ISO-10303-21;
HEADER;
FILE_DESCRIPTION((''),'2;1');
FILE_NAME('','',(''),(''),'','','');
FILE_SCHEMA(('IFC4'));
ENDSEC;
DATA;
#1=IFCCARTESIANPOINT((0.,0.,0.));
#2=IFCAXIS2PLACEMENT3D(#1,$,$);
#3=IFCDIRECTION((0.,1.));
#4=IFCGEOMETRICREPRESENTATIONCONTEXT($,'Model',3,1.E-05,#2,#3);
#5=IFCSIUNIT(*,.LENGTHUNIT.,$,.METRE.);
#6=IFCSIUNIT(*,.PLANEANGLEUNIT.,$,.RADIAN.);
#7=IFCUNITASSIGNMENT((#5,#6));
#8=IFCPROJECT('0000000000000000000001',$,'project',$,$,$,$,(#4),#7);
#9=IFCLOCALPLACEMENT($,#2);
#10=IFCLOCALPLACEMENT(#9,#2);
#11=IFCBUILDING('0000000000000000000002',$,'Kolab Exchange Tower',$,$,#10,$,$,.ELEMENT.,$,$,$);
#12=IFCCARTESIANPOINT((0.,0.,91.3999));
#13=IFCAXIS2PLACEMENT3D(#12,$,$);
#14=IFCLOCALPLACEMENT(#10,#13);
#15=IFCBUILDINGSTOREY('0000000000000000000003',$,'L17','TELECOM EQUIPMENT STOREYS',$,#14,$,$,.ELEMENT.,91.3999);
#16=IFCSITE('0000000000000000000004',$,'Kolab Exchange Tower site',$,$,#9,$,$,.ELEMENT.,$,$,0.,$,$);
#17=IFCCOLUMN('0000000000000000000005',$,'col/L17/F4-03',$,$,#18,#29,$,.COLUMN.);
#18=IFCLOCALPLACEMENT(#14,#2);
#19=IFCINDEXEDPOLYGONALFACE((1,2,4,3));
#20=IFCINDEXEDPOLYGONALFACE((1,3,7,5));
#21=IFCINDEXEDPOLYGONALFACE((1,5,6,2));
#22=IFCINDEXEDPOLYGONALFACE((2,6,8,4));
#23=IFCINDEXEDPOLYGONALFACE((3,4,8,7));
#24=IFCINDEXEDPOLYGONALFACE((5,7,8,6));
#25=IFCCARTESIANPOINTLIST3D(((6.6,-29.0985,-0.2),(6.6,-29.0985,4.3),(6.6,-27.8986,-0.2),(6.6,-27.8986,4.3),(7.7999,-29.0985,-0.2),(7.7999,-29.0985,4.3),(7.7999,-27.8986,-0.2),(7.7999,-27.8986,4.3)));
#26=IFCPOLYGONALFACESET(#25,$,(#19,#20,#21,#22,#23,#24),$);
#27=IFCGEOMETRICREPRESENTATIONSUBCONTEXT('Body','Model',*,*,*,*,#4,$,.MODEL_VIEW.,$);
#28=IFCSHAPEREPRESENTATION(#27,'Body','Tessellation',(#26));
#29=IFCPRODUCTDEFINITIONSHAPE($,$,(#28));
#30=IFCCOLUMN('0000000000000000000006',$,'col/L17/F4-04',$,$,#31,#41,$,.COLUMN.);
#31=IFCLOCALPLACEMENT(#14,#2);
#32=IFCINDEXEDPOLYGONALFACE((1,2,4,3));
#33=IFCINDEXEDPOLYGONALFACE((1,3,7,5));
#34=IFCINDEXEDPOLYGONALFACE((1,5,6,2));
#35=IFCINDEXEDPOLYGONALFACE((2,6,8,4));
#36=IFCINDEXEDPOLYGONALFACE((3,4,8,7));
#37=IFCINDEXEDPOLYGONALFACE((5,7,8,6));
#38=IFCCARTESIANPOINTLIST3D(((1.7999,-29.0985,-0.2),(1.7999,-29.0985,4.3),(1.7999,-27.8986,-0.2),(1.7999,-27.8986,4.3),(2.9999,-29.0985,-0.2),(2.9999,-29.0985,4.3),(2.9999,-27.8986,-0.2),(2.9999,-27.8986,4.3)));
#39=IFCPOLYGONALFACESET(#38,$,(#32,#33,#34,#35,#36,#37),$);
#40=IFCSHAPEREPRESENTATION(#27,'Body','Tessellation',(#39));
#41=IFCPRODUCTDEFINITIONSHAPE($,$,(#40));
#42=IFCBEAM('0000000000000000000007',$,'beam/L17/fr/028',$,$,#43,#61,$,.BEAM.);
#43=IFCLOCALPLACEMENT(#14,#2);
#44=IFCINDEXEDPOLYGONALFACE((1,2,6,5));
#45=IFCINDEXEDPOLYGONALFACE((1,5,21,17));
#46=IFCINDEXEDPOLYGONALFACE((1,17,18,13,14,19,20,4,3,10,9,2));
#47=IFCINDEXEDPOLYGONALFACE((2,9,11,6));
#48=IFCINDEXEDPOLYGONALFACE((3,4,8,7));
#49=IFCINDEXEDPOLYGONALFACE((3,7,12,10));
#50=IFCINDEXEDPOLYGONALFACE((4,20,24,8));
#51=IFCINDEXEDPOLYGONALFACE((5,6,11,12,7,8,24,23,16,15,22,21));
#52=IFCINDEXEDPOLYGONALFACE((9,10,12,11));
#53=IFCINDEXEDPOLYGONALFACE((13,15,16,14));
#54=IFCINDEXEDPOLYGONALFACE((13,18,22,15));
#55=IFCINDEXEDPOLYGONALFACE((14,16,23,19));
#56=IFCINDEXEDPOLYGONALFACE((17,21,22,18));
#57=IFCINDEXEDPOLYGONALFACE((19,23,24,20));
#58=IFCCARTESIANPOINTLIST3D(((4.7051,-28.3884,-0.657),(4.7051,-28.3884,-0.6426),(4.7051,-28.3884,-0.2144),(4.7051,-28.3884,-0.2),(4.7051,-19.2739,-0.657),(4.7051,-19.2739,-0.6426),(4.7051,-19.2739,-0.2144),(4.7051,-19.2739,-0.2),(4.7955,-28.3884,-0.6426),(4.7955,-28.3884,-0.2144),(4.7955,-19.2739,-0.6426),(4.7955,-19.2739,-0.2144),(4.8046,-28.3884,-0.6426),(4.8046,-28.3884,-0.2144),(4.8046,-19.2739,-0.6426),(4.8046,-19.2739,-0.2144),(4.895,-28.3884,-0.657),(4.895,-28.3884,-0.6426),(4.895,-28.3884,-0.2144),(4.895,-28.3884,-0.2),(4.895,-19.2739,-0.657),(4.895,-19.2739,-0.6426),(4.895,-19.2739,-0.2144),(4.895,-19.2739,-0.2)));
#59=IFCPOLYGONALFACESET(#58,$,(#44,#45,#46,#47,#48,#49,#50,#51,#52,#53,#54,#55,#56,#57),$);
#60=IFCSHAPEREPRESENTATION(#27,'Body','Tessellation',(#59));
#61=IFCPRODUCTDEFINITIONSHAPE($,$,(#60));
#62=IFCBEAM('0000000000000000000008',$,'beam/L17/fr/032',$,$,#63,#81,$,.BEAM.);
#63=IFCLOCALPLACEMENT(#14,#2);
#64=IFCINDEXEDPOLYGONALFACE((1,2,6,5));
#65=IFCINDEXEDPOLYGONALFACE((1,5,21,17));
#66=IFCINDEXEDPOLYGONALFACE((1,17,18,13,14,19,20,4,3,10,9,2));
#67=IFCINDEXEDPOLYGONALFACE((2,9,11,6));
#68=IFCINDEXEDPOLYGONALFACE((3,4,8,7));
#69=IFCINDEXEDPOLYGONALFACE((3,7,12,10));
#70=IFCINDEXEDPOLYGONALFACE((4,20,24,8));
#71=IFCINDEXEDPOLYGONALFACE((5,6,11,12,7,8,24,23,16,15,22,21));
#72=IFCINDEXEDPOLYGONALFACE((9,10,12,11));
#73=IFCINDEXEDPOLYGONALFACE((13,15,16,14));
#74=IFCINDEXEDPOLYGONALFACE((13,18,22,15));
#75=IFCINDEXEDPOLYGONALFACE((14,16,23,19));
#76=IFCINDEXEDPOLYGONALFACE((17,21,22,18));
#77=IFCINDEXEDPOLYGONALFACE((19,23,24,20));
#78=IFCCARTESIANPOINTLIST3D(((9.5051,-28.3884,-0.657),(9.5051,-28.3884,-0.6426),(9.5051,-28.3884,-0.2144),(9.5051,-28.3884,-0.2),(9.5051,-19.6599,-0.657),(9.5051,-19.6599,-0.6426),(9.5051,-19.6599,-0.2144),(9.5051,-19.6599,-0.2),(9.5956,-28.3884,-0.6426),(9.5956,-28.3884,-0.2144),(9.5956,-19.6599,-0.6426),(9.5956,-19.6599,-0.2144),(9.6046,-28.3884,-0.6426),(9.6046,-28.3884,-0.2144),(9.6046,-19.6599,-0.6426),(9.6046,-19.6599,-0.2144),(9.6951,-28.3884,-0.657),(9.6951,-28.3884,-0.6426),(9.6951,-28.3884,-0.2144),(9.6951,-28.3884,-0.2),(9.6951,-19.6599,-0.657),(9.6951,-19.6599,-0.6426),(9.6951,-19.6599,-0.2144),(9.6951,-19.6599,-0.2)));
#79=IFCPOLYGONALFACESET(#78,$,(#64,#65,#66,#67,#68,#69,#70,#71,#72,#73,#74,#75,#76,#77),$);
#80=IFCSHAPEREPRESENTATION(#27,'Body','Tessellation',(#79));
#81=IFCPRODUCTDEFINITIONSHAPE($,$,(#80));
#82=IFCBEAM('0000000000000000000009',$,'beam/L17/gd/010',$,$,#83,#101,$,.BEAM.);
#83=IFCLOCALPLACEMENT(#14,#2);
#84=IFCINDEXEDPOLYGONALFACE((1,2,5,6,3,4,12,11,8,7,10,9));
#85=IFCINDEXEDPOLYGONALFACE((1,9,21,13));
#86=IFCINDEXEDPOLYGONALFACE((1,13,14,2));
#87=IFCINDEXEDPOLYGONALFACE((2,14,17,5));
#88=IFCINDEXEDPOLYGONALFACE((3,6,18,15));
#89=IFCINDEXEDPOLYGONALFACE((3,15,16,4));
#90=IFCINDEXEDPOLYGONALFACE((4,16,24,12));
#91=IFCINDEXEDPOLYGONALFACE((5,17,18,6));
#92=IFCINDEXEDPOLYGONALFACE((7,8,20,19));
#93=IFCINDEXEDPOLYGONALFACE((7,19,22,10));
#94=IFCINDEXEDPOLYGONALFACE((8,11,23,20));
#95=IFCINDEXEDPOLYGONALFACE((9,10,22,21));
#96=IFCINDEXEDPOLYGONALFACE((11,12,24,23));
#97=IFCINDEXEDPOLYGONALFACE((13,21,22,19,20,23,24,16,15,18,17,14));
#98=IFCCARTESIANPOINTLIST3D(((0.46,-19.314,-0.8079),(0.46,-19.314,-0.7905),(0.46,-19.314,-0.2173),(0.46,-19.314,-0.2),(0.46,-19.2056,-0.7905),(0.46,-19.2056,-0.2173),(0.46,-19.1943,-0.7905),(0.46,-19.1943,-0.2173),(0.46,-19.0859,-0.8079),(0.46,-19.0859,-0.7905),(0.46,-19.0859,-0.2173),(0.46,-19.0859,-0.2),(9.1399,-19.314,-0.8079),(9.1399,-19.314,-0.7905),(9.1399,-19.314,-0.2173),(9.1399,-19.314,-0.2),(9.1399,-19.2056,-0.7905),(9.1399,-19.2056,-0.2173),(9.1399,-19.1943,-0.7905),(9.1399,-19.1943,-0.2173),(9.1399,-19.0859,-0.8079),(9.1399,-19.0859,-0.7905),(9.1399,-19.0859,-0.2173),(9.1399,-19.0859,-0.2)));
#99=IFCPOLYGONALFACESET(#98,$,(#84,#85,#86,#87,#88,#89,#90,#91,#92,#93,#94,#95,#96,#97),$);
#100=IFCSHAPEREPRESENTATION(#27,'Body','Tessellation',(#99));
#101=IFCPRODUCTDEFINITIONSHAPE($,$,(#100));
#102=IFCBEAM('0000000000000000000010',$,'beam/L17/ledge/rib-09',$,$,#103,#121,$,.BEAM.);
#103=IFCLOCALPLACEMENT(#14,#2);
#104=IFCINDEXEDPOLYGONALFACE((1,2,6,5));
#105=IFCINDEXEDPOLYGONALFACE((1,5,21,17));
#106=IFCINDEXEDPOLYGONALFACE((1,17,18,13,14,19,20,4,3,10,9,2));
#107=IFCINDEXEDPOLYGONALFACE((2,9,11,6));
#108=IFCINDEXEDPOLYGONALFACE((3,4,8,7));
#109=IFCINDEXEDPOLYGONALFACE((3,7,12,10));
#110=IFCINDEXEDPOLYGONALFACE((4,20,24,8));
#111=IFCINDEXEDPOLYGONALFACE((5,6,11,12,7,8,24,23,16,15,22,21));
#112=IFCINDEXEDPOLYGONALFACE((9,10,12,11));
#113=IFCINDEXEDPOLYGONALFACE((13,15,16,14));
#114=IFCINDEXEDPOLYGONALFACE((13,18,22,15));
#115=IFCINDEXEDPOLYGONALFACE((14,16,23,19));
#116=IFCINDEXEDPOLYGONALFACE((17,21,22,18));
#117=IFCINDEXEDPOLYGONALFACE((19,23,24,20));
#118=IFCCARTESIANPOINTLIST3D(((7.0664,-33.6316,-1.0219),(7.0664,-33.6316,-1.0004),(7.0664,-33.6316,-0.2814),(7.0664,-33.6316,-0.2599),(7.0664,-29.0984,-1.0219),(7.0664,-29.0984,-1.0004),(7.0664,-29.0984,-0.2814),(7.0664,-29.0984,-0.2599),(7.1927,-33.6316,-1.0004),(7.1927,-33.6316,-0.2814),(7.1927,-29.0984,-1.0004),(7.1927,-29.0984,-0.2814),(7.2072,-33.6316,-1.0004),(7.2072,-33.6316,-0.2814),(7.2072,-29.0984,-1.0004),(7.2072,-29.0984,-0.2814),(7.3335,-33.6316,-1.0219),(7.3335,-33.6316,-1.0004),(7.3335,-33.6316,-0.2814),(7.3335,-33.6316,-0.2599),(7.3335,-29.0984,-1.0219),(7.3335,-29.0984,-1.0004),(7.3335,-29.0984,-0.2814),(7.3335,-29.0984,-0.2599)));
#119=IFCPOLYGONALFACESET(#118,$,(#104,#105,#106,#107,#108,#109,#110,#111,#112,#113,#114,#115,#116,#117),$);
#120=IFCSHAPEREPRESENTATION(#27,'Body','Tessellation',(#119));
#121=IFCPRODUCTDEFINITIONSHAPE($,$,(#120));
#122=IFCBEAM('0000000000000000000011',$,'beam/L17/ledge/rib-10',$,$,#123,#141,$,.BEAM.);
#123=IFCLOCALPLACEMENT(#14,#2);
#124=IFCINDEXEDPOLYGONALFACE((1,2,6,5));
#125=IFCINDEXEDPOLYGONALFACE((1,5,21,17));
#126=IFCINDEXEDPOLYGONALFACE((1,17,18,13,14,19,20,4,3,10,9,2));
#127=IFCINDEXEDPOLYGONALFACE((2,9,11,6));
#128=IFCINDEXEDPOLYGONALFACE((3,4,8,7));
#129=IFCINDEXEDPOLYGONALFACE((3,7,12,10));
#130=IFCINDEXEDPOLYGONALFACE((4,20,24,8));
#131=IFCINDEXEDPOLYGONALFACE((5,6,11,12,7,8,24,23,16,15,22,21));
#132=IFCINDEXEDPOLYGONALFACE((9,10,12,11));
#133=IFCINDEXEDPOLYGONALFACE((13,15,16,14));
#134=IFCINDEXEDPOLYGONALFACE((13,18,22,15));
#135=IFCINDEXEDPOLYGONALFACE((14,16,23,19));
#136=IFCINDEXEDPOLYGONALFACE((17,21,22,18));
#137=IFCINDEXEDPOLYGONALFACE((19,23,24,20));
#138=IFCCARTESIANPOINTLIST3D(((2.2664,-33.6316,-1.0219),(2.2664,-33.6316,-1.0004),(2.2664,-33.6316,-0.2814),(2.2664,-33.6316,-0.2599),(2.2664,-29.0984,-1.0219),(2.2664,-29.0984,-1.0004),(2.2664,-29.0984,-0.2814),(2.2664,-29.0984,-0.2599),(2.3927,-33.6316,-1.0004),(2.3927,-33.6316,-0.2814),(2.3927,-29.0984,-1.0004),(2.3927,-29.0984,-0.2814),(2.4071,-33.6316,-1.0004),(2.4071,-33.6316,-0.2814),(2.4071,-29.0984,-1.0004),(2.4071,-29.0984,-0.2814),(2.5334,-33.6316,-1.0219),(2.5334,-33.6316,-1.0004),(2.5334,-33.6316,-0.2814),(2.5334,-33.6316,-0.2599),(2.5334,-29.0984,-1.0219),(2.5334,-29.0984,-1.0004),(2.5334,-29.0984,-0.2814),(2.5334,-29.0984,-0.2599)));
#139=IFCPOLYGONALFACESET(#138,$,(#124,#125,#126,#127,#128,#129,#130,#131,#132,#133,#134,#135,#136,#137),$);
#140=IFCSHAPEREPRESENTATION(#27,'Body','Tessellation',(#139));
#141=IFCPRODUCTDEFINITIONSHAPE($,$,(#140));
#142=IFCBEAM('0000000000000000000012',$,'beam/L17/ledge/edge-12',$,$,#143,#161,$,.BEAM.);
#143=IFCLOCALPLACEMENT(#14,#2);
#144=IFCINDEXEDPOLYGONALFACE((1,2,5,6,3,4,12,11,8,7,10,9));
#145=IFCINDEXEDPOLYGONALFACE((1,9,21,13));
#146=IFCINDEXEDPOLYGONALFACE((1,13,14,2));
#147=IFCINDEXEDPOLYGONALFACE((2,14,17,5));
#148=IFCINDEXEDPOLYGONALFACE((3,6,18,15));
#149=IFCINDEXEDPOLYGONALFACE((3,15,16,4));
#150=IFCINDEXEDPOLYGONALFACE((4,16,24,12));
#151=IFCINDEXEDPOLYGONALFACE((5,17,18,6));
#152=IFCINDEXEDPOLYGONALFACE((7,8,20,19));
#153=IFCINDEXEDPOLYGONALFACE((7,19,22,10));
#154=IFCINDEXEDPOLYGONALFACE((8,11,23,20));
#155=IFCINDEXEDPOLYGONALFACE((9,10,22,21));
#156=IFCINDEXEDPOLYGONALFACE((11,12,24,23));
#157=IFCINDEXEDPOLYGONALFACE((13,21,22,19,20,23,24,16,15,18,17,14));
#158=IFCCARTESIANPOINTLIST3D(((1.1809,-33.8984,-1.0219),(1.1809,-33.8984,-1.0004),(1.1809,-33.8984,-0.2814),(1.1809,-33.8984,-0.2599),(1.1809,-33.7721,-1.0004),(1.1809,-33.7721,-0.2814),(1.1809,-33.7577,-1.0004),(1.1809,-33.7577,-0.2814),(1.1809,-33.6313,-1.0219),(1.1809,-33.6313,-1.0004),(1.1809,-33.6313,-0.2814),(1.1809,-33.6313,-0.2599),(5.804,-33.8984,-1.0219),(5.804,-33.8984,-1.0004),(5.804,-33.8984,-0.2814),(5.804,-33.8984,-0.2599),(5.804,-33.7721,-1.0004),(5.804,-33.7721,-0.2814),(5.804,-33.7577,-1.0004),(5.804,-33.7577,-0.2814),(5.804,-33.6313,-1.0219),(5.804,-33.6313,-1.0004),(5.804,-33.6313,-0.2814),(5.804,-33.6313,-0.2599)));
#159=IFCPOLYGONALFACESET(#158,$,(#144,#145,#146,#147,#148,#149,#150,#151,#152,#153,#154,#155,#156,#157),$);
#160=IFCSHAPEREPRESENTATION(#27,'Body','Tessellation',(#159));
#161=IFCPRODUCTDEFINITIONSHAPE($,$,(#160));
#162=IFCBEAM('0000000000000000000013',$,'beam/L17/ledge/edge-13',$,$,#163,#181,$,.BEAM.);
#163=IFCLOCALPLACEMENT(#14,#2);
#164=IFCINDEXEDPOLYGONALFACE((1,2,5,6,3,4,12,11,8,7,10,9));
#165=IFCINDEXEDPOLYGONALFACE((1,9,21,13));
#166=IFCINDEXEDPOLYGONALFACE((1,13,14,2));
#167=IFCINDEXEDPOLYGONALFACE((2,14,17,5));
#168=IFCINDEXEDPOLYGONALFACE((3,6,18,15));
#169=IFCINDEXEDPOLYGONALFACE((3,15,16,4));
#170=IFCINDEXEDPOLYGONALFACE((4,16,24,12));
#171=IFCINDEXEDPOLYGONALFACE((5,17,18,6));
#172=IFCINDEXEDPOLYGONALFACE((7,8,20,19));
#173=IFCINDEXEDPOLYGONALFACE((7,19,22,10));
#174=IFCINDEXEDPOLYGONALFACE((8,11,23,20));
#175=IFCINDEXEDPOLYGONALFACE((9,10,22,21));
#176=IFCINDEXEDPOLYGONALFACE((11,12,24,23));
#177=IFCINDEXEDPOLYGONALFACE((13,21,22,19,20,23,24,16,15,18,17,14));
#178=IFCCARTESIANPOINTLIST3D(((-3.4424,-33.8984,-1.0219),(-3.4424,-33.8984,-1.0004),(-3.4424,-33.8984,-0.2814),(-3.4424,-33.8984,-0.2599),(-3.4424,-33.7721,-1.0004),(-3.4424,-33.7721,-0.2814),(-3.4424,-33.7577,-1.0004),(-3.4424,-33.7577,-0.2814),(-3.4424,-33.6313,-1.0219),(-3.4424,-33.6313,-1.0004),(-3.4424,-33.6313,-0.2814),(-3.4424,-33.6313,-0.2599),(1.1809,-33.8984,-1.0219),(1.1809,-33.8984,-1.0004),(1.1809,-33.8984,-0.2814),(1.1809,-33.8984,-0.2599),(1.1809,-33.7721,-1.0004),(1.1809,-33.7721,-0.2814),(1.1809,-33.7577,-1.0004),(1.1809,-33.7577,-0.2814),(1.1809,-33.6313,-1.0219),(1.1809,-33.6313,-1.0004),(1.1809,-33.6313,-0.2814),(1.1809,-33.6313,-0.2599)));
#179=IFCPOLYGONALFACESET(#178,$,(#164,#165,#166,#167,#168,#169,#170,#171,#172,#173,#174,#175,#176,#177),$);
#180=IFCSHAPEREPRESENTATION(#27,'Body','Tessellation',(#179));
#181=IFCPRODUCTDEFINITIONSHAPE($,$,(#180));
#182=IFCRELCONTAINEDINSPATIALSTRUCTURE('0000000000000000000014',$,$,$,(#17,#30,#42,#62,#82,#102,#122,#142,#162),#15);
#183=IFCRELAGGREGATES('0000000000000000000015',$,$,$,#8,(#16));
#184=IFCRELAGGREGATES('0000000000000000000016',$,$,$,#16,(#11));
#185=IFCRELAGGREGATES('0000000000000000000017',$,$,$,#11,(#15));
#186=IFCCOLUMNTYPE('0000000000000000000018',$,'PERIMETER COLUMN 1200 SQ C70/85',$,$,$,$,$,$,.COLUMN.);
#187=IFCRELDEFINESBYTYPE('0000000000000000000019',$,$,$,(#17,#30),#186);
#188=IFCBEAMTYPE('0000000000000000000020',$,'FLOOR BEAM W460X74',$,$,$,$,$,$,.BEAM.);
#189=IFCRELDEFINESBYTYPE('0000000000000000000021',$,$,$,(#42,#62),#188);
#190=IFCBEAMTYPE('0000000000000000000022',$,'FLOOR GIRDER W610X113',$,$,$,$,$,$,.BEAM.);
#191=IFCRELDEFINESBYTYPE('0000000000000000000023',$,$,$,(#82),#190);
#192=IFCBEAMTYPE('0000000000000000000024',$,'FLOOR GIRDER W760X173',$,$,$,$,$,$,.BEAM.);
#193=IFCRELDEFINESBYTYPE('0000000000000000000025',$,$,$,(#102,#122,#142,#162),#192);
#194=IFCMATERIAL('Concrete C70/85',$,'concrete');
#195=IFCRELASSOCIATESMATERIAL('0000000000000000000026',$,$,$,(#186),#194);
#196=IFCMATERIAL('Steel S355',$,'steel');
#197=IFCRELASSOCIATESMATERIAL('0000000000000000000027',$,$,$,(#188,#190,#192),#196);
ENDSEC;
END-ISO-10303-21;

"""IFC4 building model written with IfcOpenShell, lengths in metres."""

from ifc_helpers import new_model, si_unit, direction, frame, origin, origin_2d, place, context, subcontext, project, spatial, rectangle, i_section, extrude, material, material_profile, profile_set, type_object, element, save


model = new_model("IFC4")

# Units and contexts
model_context = context("Model", 3, precision=1e-05, world=origin(), true_north=direction((0.0, 1.0)))
body_context = subcontext(model_context, "Body", "Model", "MODEL_VIEW")
ifc_project = project(units=[si_unit("LENGTHUNIT", "METRE"), si_unit("PLANEANGLEUNIT", "RADIAN")], contexts=[model_context])

# Site, building, storey
site_placement = place(None, origin())
site = spatial("IfcSite", under=ifc_project, at=site_placement, Name="Kolab Exchange Tower site", CompositionType="ELEMENT", RefElevation=0.0)
building_placement = place(site_placement, origin())
building = spatial("IfcBuilding", under=site, at=building_placement, Name="Kolab Exchange Tower", CompositionType="ELEMENT")
storey_placement = place(building_placement, frame((0.0, 0.0, 91.3999)))
storey = spatial("IfcBuildingStorey", under=building, at=storey_placement, Name="L17", Description="TELECOM EQUIPMENT STOREYS", CompositionType="ELEMENT", Elevation=91.3999)

# Columns
ifc_material_1 = material(Name="Concrete C70/85", Category="concrete")
ifc_material_profile_1 = material_profile(ifc_material_1, rectangle(XDim=1.2, YDim=1.2, at=origin_2d()), Name="RC1200")
ifc_profile_set_1 = profile_set([ifc_material_profile_1], Name="Concrete C70/85")
column_type = type_object("IfcColumnType", Name="PERIMETER COLUMN 1200 SQ C70/85", PredefinedType="COLUMN", material=ifc_profile_set_1)
for number, where, z_axis, x_axis, name in (
    (1, (7.2, -28.4985, -0.2), (0.0, 0.0, 1.0), (1.0, 0.0, 0.0), "col/L17/F4-03"),
    (2, (2.3999, -28.4985, -0.2), (0.0, 0.0, 1.0), (1.0, 0.0, 0.0), "col/L17/F4-04"),
):
    element("IfcColumn", number, at=place(storey_placement, frame(where, z_axis=z_axis, x_axis=x_axis)), inside=storey, type_object=column_type, Name=name, PredefinedType="COLUMN", context=body_context, shape_type="SweptSolid", body=[
        extrude(rectangle(XDim=1.2, YDim=1.2, at=origin_2d()), origin(), (0.0, 0.0, 1.0), 4.5),
    ])

# Beams
ifc_material_2 = material(Name="Steel S355", Category="steel")
ifc_material_profile_2 = material_profile(ifc_material_2, i_section(OverallWidth=0.1899, OverallDepth=0.457, WebThickness=0.009, FlangeThickness=0.0144, at=origin_2d()), Name="W460X74")
ifc_profile_set_2 = profile_set([ifc_material_profile_2], Name="Steel S355")
beam_type_1 = type_object("IfcBeamType", Name="FLOOR BEAM W460X74", PredefinedType="BEAM", material=ifc_profile_set_2)
beam_1_placement = place(storey_placement, frame((4.8, -28.3884, -0.4285), z_axis=(0.0, 1.0, 0.0), x_axis=(-1.0, 0.0, 0.0)))
element("IfcBeam", 3, at=beam_1_placement, inside=storey, type_object=beam_type_1, Name="beam/L17/fr/028", PredefinedType="BEAM", context=body_context, shape_type="SweptSolid", body=[
    extrude(i_section(OverallWidth=0.1899, OverallDepth=0.457, WebThickness=0.009, FlangeThickness=0.0144, at=origin_2d()), origin(), (0.0, 0.0, 1.0), 9.1145),
])
beam_2_placement = place(storey_placement, frame((9.6001, -28.3884, -0.4285), z_axis=(0.0, 1.0, 0.0), x_axis=(-1.0, 0.0, 0.0)))
element("IfcBeam", 4, at=beam_2_placement, inside=storey, type_object=beam_type_1, Name="beam/L17/fr/032", PredefinedType="BEAM", context=body_context, shape_type="SweptSolid", body=[
    extrude(i_section(OverallWidth=0.1899, OverallDepth=0.457, WebThickness=0.009, FlangeThickness=0.0144, at=origin_2d()), origin(), (0.0, 0.0, 1.0), 8.7285),
])
ifc_material_profile_3 = material_profile(ifc_material_2, i_section(OverallWidth=0.228, OverallDepth=0.6079, WebThickness=0.0112, FlangeThickness=0.0173, at=origin_2d()), Name="W610X113")
ifc_profile_set_3 = profile_set([ifc_material_profile_3], Name="Steel S355")
beam_type_2 = type_object("IfcBeamType", Name="FLOOR GIRDER W610X113", PredefinedType="BEAM", material=ifc_profile_set_3)
beam_3_placement = place(storey_placement, frame((0.46, -19.2, -0.5039), z_axis=(1.0, 0.0, 0.0), x_axis=(0.0, 1.0, 0.0)))
element("IfcBeam", 5, at=beam_3_placement, inside=storey, type_object=beam_type_2, Name="beam/L17/gd/010", PredefinedType="BEAM", context=body_context, shape_type="SweptSolid", body=[
    extrude(i_section(OverallWidth=0.228, OverallDepth=0.6079, WebThickness=0.0112, FlangeThickness=0.0173, at=origin_2d()), origin(), (0.0, 0.0, 1.0), 8.6799),
])
ifc_material_profile_4 = material_profile(ifc_material_2, i_section(OverallWidth=0.2671, OverallDepth=0.762, WebThickness=0.0144, FlangeThickness=0.0215, at=origin_2d()), Name="W760X173")
ifc_profile_set_4 = profile_set([ifc_material_profile_4], Name="Steel S355")
beam_type_3 = type_object("IfcBeamType", Name="FLOOR GIRDER W760X173", PredefinedType="BEAM", material=ifc_profile_set_4)
for number, where, z_axis, x_axis, name in (
    (6, (7.2, -29.0984, -0.6409), (0.0, -1.0, 0.0), (1.0, 0.0, 0.0), "beam/L17/ledge/rib-09"),
    (7, (2.3999, -29.0984, -0.6409), (0.0, -1.0, 0.0), (1.0, 0.0, 0.0), "beam/L17/ledge/rib-10"),
):
    element("IfcBeam", number, at=place(storey_placement, frame(where, z_axis=z_axis, x_axis=x_axis)), inside=storey, type_object=beam_type_3, Name=name, PredefinedType="BEAM", context=body_context, shape_type="SweptSolid", body=[
        extrude(i_section(OverallWidth=0.2671, OverallDepth=0.762, WebThickness=0.0144, FlangeThickness=0.0215, at=origin_2d()), origin(), (0.0, 0.0, 1.0), 4.5332),
    ])
beam_4_placement = place(storey_placement, frame((5.804, -33.7649, -0.6409), z_axis=(-1.0, 0.0, 0.0), x_axis=(0.0, -1.0, 0.0)))
element("IfcBeam", 8, at=beam_4_placement, inside=storey, type_object=beam_type_3, Name="beam/L17/ledge/edge-12", PredefinedType="BEAM", context=body_context, shape_type="SweptSolid", body=[
    extrude(i_section(OverallWidth=0.2671, OverallDepth=0.762, WebThickness=0.0144, FlangeThickness=0.0215, at=origin_2d()), origin(), (0.0, 0.0, 1.0), 4.623),
])
beam_5_placement = place(storey_placement, frame((1.1809, -33.7649, -0.6409), z_axis=(-1.0, 0.0, 0.0), x_axis=(0.0, -1.0, 0.0)))
element("IfcBeam", 9, at=beam_5_placement, inside=storey, type_object=beam_type_3, Name="beam/L17/ledge/edge-13", PredefinedType="BEAM", context=body_context, shape_type="SweptSolid", body=[
    extrude(i_section(OverallWidth=0.2671, OverallDepth=0.762, WebThickness=0.0144, FlangeThickness=0.0215, at=origin_2d()), origin(), (0.0, 0.0, 1.0), 4.6233),
])

save(model, "model.ifc")
